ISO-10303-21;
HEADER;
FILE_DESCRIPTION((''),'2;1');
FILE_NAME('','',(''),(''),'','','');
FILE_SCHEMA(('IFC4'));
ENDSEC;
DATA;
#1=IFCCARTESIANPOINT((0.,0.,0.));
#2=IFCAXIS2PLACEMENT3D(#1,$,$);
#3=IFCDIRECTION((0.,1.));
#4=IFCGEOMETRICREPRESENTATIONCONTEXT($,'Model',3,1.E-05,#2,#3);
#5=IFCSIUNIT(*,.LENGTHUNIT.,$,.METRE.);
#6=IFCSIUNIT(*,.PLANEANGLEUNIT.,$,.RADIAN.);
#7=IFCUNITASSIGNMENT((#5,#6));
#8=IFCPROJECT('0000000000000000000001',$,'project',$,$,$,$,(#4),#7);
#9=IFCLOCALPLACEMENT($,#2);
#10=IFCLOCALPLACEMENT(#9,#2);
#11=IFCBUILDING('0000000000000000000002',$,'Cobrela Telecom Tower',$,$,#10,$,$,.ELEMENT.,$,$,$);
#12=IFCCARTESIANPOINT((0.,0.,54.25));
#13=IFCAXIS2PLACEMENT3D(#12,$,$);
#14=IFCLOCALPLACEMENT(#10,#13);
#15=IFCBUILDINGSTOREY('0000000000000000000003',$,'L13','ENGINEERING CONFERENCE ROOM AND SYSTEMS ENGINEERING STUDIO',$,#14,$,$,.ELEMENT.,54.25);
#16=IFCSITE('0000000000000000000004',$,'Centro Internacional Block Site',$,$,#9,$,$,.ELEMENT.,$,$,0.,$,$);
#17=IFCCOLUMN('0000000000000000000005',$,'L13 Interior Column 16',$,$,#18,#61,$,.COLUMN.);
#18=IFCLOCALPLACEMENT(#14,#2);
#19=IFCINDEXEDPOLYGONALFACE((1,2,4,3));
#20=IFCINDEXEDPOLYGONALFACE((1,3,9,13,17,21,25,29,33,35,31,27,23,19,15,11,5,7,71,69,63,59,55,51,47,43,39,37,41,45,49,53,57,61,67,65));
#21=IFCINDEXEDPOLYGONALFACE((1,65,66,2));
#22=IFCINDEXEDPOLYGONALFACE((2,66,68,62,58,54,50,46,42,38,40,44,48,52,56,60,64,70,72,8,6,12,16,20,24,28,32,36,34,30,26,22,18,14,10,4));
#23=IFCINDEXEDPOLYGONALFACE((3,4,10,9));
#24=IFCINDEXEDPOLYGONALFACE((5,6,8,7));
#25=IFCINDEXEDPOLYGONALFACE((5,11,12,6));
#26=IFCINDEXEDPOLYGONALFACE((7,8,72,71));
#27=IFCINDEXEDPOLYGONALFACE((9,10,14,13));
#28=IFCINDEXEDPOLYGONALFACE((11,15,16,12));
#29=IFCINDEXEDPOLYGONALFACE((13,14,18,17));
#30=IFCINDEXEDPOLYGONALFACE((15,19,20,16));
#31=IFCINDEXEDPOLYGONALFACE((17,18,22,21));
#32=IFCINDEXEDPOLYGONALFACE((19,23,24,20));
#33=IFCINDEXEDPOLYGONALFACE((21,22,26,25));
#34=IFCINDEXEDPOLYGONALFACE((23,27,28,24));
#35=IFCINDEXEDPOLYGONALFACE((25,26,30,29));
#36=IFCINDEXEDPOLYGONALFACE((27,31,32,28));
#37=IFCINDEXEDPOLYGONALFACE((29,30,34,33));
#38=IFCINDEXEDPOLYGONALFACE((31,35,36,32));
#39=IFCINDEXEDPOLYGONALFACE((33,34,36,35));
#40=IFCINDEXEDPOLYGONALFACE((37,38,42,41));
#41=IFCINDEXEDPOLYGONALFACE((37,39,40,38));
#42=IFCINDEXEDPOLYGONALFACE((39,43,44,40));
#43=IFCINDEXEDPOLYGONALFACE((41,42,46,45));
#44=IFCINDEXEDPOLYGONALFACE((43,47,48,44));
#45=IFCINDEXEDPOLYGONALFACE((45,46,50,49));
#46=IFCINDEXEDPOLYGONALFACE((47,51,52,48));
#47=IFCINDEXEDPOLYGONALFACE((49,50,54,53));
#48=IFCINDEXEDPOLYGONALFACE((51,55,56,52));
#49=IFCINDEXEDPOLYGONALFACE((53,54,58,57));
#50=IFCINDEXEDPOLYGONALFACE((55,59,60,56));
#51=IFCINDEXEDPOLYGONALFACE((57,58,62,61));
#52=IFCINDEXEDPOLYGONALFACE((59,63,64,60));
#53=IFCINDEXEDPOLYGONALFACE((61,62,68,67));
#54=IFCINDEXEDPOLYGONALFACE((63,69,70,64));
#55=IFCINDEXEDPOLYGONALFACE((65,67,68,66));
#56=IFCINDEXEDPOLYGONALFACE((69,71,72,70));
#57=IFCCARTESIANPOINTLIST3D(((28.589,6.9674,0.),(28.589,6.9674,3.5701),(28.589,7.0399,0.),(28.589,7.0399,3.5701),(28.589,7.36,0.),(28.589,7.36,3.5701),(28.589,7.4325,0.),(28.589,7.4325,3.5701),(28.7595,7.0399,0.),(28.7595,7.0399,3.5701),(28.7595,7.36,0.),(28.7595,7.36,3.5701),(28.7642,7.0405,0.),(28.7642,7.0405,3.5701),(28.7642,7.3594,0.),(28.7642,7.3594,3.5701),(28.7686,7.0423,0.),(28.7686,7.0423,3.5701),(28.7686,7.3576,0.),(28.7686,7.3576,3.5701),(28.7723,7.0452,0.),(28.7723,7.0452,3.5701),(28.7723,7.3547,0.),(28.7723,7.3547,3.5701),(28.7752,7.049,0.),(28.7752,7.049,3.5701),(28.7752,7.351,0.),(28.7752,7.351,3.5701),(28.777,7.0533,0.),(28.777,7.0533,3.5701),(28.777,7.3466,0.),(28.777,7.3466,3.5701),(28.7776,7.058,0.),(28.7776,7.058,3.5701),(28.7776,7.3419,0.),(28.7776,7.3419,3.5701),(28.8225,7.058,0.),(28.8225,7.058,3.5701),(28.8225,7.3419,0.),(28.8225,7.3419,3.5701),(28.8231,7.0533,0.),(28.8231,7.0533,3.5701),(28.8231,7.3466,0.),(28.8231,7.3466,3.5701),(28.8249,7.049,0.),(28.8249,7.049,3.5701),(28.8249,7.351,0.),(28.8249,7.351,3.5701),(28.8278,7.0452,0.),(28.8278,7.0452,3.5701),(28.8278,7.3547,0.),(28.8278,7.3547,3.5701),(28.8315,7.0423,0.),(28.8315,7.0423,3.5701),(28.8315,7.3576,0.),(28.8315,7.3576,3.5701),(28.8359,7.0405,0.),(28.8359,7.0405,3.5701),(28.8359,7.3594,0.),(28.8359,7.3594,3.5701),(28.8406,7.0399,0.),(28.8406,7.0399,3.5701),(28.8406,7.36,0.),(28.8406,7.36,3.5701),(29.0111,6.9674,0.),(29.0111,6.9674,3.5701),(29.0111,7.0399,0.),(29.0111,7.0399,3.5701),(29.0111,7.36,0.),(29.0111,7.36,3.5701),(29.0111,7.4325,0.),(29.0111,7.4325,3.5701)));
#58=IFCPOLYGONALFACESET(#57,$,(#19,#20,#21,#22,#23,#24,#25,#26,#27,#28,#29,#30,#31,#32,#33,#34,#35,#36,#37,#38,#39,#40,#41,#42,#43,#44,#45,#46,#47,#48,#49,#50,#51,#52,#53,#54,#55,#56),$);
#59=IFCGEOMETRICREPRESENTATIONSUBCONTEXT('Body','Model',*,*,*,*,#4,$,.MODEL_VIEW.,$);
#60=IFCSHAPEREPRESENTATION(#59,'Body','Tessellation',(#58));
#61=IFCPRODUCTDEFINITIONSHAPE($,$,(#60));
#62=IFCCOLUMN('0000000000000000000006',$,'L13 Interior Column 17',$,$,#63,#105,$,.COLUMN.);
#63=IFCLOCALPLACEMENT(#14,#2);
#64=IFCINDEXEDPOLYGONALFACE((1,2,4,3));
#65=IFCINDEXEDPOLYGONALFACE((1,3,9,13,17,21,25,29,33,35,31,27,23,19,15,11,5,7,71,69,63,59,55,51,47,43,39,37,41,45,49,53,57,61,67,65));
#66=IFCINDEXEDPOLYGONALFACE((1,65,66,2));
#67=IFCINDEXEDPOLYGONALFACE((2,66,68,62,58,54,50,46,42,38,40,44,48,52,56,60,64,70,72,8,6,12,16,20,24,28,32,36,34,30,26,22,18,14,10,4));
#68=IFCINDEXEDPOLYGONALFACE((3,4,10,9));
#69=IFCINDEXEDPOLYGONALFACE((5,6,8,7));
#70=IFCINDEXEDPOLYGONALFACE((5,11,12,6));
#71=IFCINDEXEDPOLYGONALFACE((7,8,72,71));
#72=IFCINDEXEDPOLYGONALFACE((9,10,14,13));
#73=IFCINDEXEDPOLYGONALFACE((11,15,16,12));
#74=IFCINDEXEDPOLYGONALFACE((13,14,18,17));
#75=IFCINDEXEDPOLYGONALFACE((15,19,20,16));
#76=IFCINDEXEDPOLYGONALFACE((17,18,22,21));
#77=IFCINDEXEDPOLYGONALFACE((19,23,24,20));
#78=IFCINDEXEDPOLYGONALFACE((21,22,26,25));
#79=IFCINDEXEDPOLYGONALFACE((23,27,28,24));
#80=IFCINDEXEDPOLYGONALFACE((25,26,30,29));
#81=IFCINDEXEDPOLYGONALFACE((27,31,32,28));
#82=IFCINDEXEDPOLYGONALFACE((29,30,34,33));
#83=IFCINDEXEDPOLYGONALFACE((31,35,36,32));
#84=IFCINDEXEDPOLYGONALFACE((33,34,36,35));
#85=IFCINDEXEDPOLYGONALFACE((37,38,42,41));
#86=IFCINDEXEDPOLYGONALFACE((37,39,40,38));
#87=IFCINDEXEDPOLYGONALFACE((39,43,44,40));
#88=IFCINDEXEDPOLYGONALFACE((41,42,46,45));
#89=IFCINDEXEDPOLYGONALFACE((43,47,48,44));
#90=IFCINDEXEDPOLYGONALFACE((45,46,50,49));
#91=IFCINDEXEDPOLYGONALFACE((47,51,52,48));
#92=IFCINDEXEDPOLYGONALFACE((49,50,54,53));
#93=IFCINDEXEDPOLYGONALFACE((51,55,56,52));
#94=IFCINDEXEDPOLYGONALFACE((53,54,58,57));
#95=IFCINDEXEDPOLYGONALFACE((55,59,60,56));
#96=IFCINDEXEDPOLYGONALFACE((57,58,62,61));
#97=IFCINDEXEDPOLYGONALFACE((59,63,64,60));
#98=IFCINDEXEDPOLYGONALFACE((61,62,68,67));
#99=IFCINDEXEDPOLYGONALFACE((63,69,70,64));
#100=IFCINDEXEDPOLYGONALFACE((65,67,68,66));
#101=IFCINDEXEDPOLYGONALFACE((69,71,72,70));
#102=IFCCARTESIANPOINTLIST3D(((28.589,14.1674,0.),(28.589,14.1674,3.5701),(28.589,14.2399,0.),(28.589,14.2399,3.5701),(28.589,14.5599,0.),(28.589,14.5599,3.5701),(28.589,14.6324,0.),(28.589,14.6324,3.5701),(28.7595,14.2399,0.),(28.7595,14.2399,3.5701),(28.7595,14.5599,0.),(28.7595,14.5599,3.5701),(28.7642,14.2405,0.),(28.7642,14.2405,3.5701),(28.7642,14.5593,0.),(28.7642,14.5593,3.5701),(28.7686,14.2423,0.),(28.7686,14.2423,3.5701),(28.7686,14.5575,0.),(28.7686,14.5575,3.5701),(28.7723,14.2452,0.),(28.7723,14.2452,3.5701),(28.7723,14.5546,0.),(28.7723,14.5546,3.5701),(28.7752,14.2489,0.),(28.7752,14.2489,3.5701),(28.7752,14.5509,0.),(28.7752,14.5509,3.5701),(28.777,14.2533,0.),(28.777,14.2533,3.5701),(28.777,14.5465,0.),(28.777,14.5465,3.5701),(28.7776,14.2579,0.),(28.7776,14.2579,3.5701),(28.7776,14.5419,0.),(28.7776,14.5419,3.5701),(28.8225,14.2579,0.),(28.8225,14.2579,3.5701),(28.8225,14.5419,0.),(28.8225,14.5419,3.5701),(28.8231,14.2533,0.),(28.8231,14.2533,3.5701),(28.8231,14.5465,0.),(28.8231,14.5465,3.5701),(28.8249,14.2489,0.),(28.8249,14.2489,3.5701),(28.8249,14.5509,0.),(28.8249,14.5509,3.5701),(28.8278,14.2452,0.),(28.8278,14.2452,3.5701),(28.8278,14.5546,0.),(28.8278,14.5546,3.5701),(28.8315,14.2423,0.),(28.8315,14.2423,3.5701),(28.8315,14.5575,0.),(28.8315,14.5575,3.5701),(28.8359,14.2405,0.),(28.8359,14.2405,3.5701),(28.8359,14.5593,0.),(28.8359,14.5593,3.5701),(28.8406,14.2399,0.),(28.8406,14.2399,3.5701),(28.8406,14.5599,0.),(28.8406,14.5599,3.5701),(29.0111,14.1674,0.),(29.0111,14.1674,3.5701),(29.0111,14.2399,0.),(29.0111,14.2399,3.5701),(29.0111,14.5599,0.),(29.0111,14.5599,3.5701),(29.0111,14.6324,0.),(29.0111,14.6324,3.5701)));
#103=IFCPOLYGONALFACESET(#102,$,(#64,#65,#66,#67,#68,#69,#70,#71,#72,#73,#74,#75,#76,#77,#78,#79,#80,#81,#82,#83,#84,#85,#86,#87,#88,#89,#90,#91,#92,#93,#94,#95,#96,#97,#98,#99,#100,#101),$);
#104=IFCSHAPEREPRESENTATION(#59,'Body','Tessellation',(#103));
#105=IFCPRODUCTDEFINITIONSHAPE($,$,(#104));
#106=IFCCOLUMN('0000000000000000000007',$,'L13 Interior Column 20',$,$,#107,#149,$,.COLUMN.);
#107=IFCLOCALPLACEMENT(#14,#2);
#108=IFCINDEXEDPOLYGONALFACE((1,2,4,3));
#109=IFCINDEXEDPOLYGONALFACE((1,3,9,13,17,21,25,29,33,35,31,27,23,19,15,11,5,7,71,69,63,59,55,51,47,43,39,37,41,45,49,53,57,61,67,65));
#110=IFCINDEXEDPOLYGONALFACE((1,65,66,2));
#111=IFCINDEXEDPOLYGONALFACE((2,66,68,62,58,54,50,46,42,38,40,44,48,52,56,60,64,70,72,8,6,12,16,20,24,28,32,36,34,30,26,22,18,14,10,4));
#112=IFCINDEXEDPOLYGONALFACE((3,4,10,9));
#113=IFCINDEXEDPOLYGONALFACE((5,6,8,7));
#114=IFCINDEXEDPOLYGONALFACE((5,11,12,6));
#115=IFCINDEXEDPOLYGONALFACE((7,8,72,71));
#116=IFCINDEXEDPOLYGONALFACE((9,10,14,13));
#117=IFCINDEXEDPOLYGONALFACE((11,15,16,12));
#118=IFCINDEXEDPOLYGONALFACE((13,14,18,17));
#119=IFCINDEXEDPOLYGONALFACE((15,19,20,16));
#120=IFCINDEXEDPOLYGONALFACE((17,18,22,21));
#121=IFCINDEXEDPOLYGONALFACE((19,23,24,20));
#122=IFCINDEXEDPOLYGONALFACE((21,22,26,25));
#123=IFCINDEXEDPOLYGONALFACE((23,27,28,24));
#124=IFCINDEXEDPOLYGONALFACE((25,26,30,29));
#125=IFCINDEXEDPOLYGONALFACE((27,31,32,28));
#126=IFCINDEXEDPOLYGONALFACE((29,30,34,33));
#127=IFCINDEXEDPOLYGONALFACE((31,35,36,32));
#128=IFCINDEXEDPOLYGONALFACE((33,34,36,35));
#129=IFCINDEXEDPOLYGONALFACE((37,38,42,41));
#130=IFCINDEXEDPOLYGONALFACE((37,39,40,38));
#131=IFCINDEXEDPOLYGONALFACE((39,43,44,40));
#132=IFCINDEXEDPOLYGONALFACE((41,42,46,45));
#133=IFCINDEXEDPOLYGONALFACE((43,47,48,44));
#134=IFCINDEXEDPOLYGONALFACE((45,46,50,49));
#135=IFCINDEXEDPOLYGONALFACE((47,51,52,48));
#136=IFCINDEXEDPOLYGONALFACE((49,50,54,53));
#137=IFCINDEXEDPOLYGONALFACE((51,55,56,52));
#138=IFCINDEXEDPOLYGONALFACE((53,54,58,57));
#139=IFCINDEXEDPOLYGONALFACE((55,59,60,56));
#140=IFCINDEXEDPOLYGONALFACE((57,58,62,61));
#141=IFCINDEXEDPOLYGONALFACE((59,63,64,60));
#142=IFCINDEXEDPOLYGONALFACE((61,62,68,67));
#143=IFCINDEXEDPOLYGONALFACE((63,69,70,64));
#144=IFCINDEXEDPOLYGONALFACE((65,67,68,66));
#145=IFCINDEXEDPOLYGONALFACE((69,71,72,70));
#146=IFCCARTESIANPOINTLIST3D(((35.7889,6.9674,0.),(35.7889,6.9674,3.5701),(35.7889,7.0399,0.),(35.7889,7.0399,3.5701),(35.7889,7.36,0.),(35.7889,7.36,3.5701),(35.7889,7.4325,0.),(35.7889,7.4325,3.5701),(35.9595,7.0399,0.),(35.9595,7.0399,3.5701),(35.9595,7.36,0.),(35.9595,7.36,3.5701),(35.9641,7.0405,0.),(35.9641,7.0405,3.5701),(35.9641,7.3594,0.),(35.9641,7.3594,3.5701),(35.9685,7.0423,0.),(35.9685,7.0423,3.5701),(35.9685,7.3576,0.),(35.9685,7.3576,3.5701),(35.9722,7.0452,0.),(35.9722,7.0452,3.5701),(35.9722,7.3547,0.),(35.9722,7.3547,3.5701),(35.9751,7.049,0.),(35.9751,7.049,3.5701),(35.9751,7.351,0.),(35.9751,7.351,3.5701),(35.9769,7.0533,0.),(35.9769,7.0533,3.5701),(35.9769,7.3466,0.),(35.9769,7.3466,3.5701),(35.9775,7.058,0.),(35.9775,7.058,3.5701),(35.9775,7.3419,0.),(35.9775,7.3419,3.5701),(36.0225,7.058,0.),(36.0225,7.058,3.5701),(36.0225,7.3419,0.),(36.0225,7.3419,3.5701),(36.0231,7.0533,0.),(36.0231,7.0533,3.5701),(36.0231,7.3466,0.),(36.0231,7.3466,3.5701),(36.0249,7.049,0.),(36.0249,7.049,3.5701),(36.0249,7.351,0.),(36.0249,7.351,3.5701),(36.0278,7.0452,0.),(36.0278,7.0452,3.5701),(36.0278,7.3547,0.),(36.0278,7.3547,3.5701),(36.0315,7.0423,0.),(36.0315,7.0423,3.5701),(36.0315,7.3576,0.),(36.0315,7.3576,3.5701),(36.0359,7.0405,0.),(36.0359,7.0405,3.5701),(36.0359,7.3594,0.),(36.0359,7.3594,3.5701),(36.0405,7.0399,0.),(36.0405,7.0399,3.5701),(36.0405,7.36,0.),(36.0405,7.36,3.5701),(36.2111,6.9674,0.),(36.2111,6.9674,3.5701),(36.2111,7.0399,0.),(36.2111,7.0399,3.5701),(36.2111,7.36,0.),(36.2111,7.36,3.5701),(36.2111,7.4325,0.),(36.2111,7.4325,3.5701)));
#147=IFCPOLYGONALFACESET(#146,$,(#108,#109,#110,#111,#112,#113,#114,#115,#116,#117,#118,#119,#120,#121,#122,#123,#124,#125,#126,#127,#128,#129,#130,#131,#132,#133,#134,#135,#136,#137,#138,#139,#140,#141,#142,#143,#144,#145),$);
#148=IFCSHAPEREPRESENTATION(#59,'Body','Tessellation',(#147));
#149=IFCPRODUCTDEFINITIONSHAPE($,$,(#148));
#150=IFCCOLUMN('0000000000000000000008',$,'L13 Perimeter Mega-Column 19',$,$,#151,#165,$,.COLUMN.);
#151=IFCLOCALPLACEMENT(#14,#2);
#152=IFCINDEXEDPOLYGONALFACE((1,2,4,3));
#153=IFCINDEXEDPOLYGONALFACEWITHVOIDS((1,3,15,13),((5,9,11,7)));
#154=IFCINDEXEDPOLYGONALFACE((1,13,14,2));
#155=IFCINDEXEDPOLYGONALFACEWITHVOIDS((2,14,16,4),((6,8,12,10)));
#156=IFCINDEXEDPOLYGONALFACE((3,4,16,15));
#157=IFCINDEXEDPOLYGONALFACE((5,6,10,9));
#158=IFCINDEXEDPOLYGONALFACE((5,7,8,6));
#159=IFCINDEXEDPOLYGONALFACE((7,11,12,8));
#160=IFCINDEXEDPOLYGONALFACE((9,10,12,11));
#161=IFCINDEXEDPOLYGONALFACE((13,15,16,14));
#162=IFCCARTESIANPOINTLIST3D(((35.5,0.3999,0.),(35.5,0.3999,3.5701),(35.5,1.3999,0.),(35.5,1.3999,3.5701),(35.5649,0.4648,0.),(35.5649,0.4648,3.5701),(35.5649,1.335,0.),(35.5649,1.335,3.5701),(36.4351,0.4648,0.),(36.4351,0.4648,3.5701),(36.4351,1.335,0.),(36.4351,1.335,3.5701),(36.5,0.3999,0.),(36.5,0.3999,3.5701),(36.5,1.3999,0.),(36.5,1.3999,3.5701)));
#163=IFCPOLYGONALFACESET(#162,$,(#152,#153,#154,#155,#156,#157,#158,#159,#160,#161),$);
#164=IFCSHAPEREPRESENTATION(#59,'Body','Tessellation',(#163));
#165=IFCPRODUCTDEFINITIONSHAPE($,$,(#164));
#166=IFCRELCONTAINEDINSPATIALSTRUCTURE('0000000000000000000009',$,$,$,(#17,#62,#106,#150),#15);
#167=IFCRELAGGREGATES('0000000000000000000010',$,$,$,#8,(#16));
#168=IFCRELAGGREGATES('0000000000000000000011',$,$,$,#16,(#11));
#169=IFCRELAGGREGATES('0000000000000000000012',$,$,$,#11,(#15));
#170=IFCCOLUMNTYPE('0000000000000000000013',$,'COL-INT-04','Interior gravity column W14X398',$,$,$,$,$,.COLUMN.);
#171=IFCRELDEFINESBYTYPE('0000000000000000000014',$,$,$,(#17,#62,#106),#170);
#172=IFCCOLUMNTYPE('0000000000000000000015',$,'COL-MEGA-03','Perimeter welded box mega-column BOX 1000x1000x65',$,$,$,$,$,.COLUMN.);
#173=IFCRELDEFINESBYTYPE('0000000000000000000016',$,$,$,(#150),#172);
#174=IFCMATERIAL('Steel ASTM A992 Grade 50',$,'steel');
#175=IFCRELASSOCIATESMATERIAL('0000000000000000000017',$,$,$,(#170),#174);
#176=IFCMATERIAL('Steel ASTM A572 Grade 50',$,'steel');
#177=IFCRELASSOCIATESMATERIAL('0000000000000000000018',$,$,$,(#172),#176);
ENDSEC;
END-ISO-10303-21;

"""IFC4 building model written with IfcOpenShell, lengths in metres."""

from ifc_helpers import new_model, si_unit, direction, frame, origin, origin_2d, place, context, subcontext, project, spatial, hollow_rectangle, i_section, extrude, material, material_profile, profile_set, type_object, element, save


model = new_model("IFC4")

# Units and contexts
model_context = context("Model", 3, precision=1e-05, world=origin(), true_north=direction((0.0, 1.0)))
body_context = subcontext(model_context, "Body", "Model", "MODEL_VIEW")
ifc_project = project(units=[si_unit("LENGTHUNIT", "METRE"), si_unit("PLANEANGLEUNIT", "RADIAN")], contexts=[model_context])

# Site, building, storey
site_placement = place(None, origin())
site = spatial("IfcSite", under=ifc_project, at=site_placement, Name="Centro Internacional Block Site", CompositionType="ELEMENT", RefElevation=0.0)
building_placement = place(site_placement, origin())
building = spatial("IfcBuilding", under=site, at=building_placement, Name="Cobrela Telecom Tower", CompositionType="ELEMENT")
storey_placement = place(building_placement, frame((0.0, 0.0, 54.25)))
storey = spatial("IfcBuildingStorey", under=building, at=storey_placement, Name="L13", Description="ENGINEERING CONFERENCE ROOM AND SYSTEMS ENGINEERING STUDIO", CompositionType="ELEMENT", Elevation=54.25)

# Columns
ifc_material_1 = material(Name="Steel ASTM A992 Grade 50", Category="steel")
ifc_material_profile_1 = material_profile(ifc_material_1, i_section(OverallWidth=0.4221, OverallDepth=0.4651, WebThickness=0.0449, FlangeThickness=0.0725, FilletRadius=0.0181, at=origin_2d()), Name="W14X398")
ifc_profile_set_1 = profile_set([ifc_material_profile_1], Name="Steel ASTM A992 Grade 50")
column_type_1 = type_object("IfcColumnType", Name="COL-INT-04", Description="Interior gravity column W14X398", PredefinedType="COLUMN", material=ifc_profile_set_1)
for number, where, z_axis, x_axis, name in (
    (1, (28.8, 7.2, 0.0), (0.0, 0.0, 1.0), (1.0, 0.0, 0.0), "L13 Interior Column 16"),
    (2, (28.8, 14.3999, 0.0), (0.0, 0.0, 1.0), (1.0, 0.0, 0.0), "L13 Interior Column 17"),
    (3, (36.0, 7.2, 0.0), (0.0, 0.0, 1.0), (1.0, 0.0, 0.0), "L13 Interior Column 20"),
):
    element("IfcColumn", number, at=place(storey_placement, frame(where, z_axis=z_axis, x_axis=x_axis)), inside=storey, type_object=column_type_1, Name=name, PredefinedType="COLUMN", context=body_context, shape_type="SweptSolid", body=[
        extrude(i_section(OverallWidth=0.4221, OverallDepth=0.4651, WebThickness=0.0449, FlangeThickness=0.0725, FilletRadius=0.0181, at=origin_2d()), origin(), (0.0, 0.0, 1.0), 3.5701),
    ])
ifc_material_2 = material(Name="Steel ASTM A572 Grade 50", Category="steel")
ifc_material_profile_2 = material_profile(ifc_material_2, hollow_rectangle(XDim=1.0, YDim=1.0, WallThickness=0.0649, at=origin_2d()), Name="BOX 1000x1000x65")
ifc_profile_set_2 = profile_set([ifc_material_profile_2], Name="Steel ASTM A572 Grade 50")
column_type_2 = type_object("IfcColumnType", Name="COL-MEGA-03", Description="Perimeter welded box mega-column BOX 1000x1000x65", PredefinedType="COLUMN", material=ifc_profile_set_2)
column_placement = place(storey_placement, frame((36.0, 0.8999, 0.0), z_axis=(0.0, 0.0, 1.0), x_axis=(1.0, 0.0, 0.0)))
element("IfcColumn", 4, at=column_placement, inside=storey, type_object=column_type_2, Name="L13 Perimeter Mega-Column 19", PredefinedType="COLUMN", context=body_context, shape_type="SweptSolid", body=[
    extrude(hollow_rectangle(XDim=1.0, YDim=1.0, WallThickness=0.0649, at=origin_2d()), origin(), (0.0, 0.0, 1.0), 3.5701),
])

save(model, "model.ifc")
